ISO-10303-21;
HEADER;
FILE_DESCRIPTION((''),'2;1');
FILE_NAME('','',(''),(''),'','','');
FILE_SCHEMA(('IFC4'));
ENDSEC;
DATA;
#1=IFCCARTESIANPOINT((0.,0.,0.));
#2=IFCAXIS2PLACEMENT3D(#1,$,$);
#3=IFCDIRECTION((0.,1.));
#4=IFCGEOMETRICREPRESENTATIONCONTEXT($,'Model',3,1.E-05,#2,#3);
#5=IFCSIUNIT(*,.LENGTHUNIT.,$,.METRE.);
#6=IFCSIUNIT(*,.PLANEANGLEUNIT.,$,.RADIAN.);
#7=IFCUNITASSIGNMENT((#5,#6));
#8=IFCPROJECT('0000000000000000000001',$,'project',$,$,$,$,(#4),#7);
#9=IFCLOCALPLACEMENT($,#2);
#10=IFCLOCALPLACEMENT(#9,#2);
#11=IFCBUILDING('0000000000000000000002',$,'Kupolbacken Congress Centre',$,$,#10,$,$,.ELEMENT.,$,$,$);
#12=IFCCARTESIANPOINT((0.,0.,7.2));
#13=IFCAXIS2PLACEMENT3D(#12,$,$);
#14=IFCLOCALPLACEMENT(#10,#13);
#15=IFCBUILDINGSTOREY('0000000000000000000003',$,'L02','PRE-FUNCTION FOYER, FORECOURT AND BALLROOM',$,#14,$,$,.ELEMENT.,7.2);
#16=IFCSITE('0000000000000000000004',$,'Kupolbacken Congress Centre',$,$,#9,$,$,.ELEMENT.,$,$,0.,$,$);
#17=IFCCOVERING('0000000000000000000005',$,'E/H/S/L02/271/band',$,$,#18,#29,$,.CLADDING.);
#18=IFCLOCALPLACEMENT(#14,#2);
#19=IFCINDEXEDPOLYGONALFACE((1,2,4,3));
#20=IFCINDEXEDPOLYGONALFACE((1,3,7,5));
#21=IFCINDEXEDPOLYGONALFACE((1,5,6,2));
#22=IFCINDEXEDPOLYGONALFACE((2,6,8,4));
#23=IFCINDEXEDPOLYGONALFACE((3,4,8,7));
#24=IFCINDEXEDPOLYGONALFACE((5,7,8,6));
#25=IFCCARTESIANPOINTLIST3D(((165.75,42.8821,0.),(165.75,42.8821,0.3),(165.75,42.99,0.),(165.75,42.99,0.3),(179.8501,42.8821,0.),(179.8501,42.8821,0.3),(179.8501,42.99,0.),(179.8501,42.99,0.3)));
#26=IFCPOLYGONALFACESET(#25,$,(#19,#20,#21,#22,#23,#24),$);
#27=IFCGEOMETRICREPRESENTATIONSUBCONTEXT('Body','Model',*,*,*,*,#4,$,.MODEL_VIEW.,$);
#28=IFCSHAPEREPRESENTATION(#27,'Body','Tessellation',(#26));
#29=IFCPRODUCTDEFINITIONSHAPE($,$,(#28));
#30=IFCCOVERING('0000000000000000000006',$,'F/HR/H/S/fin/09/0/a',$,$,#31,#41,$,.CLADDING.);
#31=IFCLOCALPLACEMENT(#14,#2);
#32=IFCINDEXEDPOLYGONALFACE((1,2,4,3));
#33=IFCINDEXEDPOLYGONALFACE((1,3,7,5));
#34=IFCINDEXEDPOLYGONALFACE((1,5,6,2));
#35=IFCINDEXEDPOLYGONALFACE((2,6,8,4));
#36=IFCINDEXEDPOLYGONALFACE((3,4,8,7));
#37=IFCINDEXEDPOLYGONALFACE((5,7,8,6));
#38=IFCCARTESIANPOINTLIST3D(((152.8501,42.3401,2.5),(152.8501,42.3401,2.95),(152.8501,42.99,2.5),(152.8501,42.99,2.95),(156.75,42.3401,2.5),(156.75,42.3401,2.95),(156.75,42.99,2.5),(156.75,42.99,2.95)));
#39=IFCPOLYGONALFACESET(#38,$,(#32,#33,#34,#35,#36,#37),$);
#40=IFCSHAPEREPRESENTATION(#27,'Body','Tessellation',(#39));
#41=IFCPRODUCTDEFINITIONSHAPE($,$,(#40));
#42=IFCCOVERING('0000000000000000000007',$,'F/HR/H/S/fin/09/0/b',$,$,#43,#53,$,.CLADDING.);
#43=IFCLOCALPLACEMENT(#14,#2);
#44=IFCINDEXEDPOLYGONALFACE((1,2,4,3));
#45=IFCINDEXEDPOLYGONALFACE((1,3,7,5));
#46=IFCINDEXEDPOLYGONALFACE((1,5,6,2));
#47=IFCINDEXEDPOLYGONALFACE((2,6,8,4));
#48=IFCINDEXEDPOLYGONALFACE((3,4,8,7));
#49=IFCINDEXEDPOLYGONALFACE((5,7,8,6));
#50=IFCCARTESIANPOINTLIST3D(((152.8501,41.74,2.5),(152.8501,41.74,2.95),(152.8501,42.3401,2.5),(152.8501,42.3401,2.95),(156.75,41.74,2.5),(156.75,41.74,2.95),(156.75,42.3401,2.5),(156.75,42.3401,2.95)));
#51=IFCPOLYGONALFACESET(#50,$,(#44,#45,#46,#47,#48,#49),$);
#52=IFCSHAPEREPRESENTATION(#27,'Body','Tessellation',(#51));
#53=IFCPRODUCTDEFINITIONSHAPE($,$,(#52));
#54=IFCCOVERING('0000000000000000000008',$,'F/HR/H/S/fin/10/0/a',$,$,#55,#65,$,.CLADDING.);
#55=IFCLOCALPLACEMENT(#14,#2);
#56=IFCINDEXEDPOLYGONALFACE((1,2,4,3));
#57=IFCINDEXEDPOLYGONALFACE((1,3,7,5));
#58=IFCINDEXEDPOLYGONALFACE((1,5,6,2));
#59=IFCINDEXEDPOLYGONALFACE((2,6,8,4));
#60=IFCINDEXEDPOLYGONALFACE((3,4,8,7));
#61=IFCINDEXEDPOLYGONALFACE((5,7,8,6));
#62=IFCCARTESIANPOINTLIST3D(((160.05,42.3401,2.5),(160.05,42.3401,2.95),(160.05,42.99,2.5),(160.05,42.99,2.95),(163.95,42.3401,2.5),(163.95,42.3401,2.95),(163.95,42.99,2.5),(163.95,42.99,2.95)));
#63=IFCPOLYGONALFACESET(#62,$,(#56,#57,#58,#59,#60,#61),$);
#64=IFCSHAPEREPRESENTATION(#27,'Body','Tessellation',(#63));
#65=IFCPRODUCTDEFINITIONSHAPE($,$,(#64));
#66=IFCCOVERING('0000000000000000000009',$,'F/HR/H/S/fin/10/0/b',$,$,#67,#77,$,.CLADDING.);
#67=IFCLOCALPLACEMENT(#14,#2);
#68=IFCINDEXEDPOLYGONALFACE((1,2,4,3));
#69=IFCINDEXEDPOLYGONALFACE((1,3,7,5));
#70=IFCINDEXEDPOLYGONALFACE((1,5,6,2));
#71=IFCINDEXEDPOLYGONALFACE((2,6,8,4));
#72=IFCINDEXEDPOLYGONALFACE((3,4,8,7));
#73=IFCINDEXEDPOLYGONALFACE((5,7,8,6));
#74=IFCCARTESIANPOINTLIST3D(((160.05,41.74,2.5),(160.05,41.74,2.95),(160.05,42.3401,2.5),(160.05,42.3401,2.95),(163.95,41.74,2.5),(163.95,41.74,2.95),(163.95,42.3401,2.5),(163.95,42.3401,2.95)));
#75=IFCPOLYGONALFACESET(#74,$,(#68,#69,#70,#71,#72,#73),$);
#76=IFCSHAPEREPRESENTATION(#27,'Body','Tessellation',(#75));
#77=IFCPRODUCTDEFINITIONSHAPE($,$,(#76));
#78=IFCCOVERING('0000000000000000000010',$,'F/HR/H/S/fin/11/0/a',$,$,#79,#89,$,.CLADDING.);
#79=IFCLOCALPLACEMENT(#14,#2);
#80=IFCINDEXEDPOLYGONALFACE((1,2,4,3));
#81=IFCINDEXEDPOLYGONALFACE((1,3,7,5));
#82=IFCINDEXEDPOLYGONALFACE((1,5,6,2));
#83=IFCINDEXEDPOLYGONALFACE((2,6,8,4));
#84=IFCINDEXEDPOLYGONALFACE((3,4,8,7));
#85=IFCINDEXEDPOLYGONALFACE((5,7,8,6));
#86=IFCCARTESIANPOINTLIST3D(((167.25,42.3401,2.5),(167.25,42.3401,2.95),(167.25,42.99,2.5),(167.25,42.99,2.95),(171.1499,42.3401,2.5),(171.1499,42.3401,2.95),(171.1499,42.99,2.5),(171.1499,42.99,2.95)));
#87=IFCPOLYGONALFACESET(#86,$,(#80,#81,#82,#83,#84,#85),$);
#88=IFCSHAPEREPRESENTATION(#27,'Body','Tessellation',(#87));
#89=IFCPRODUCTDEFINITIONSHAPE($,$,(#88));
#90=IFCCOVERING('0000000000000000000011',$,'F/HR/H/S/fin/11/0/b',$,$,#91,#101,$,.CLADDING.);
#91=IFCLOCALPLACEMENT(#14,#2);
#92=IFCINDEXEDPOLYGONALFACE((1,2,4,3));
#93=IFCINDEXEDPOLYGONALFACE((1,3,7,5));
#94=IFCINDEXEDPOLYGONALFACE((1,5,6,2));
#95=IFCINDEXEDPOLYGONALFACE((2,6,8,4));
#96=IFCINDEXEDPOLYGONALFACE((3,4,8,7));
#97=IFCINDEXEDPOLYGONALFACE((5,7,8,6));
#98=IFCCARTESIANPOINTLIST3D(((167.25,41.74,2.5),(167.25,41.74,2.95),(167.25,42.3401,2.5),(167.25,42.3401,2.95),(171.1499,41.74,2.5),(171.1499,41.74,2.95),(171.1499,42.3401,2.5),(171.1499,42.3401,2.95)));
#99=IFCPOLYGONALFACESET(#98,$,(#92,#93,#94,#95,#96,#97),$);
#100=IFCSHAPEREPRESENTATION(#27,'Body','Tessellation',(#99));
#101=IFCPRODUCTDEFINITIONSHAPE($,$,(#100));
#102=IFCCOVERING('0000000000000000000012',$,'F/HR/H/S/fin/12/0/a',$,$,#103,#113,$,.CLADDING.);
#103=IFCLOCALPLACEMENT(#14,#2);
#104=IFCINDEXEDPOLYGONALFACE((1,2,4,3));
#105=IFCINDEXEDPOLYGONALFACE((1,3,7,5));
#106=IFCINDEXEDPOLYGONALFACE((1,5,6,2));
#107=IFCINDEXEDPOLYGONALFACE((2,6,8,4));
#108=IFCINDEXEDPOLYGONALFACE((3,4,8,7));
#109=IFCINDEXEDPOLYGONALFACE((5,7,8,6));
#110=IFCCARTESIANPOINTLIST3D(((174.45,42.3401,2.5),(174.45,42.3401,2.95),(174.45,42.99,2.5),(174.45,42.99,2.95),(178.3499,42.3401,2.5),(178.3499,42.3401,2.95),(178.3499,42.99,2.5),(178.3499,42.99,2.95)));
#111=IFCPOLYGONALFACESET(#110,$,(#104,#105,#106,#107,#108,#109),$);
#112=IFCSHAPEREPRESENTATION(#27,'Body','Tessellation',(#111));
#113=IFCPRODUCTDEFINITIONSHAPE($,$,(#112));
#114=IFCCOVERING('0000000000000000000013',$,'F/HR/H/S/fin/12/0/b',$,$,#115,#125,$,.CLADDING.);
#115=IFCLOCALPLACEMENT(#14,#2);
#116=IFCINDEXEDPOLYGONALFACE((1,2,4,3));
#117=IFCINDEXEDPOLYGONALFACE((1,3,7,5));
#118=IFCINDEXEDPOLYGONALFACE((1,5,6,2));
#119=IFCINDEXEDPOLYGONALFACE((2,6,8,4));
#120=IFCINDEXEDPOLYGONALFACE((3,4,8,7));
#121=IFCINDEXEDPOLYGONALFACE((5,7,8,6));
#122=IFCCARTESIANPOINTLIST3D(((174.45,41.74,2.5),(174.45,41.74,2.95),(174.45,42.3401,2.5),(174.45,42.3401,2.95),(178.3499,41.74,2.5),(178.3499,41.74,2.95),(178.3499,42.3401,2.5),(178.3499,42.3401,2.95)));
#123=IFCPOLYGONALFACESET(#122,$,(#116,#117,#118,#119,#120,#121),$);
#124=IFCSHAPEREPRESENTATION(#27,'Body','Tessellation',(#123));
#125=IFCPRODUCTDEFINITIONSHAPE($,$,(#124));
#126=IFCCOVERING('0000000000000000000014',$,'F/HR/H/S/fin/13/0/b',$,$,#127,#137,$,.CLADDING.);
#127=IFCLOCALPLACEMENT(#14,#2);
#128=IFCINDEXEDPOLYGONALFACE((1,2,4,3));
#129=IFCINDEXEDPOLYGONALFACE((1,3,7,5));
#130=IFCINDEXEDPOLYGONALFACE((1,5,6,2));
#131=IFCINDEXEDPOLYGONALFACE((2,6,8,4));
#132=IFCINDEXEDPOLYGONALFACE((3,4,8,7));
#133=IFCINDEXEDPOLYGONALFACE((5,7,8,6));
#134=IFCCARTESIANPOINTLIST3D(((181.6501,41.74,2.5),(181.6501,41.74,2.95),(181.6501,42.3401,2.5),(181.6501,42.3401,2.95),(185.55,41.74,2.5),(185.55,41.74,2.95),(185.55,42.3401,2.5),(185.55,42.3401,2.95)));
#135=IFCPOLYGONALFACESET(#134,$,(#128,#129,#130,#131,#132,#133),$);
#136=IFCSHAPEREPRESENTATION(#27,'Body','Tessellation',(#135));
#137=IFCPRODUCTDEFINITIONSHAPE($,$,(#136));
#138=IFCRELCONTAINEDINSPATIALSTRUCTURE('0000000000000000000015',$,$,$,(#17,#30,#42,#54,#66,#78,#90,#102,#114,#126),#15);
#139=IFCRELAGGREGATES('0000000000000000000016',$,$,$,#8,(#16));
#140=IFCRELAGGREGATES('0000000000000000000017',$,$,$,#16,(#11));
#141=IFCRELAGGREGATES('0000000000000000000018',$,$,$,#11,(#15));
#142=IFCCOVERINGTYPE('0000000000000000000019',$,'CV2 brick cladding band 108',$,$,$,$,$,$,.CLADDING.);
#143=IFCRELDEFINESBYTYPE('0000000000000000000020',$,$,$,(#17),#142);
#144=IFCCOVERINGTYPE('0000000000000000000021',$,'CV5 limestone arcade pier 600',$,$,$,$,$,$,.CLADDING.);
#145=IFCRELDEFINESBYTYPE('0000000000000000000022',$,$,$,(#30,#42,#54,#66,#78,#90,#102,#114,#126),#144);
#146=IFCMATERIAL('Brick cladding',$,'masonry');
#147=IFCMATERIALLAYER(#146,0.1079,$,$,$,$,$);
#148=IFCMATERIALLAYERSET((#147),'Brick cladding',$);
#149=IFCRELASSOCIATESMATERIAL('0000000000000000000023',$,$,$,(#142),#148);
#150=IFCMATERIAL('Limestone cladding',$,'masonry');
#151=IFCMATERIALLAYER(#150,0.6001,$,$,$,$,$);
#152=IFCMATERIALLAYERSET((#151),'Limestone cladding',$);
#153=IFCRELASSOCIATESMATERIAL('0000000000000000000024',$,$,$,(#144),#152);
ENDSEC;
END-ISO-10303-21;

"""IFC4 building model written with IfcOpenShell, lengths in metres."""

from ifc_helpers import new_model, si_unit, direction, frame, origin, origin_2d, place, context, subcontext, project, spatial, rectangle, extrude, material, layer, layer_set, type_object, element, save


model = new_model("IFC4")

# Units and contexts
model_context = context("Model", 3, precision=1e-05, world=origin(), true_north=direction((0.0, 1.0)))
body_context = subcontext(model_context, "Body", "Model", "MODEL_VIEW")
ifc_project = project(units=[si_unit("LENGTHUNIT", "METRE"), si_unit("PLANEANGLEUNIT", "RADIAN")], contexts=[model_context])

# Site, building, storey
site_placement = place(None, origin())
site = spatial("IfcSite", under=ifc_project, at=site_placement, Name="Kupolbacken Congress Centre", CompositionType="ELEMENT", RefElevation=0.0)
building_placement = place(site_placement, origin())
building = spatial("IfcBuilding", under=site, at=building_placement, Name="Kupolbacken Congress Centre", CompositionType="ELEMENT")
storey_placement = place(building_placement, frame((0.0, 0.0, 7.2)))
storey = spatial("IfcBuildingStorey", under=building, at=storey_placement, Name="L02", Description="PRE-FUNCTION FOYER, FORECOURT AND BALLROOM", CompositionType="ELEMENT", Elevation=7.2)

# Coverings
ifc_material_1 = material(Name="Brick cladding", Category="masonry")
ifc_layer_1 = layer(ifc_material_1, 0.1079)
ifc_layer_set_1 = layer_set([ifc_layer_1], Name="Brick cladding")
covering_type_1 = type_object("IfcCoveringType", Name="CV2 brick cladding band 108", PredefinedType="CLADDING", material=ifc_layer_set_1)
for number, where, z_axis, x_axis, name in (
    (1, (172.8, 42.936, 0.0), (0.0, 0.0, 1.0), (1.0, 0.0, 0.0), "E/H/S/L02/271/band"),
):
    element("IfcCovering", number, at=place(storey_placement, frame(where, z_axis=z_axis, x_axis=x_axis)), inside=storey, type_object=covering_type_1, Name=name, PredefinedType="CLADDING", context=body_context, shape_type="SweptSolid", body=[
        extrude(rectangle(XDim=14.1001, YDim=0.1079, at=origin_2d()), origin(), (0.0, 0.0, 1.0), 0.3),
    ])
ifc_material_2 = material(Name="Limestone cladding", Category="masonry")
ifc_layer_2 = layer(ifc_material_2, 0.6001)
ifc_layer_set_2 = layer_set([ifc_layer_2], Name="Limestone cladding")
covering_type_2 = type_object("IfcCoveringType", Name="CV5 limestone arcade pier 600", PredefinedType="CLADDING", material=ifc_layer_set_2)
covering_1_placement = place(storey_placement, frame((154.8, 42.665, 2.5), z_axis=(0.0, 0.0, 1.0), x_axis=(1.0, 0.0, 0.0)))
element("IfcCovering", 2, at=covering_1_placement, inside=storey, type_object=covering_type_2, Name="F/HR/H/S/fin/09/0/a", PredefinedType="CLADDING", context=body_context, shape_type="SweptSolid", body=[
    extrude(rectangle(XDim=3.8999, YDim=0.6499, at=origin_2d()), origin(), (0.0, 0.0, 1.0), 0.45),
])
covering_2_placement = place(storey_placement, frame((154.8, 42.04, 2.5), z_axis=(0.0, 0.0, 1.0), x_axis=(1.0, 0.0, 0.0)))
element("IfcCovering", 3, at=covering_2_placement, inside=storey, type_object=covering_type_2, Name="F/HR/H/S/fin/09/0/b", PredefinedType="CLADDING", context=body_context, shape_type="SweptSolid", body=[
    extrude(rectangle(XDim=3.8999, YDim=0.6001, at=origin_2d()), origin(), (0.0, 0.0, 1.0), 0.45),
])
covering_3_placement = place(storey_placement, frame((162.0, 42.665, 2.5), z_axis=(0.0, 0.0, 1.0), x_axis=(1.0, 0.0, 0.0)))
element("IfcCovering", 4, at=covering_3_placement, inside=storey, type_object=covering_type_2, Name="F/HR/H/S/fin/10/0/a", PredefinedType="CLADDING", context=body_context, shape_type="SweptSolid", body=[
    extrude(rectangle(XDim=3.8999, YDim=0.6499, at=origin_2d()), origin(), (0.0, 0.0, 1.0), 0.45),
])
covering_4_placement = place(storey_placement, frame((162.0, 42.04, 2.5), z_axis=(0.0, 0.0, 1.0), x_axis=(1.0, 0.0, 0.0)))
element("IfcCovering", 5, at=covering_4_placement, inside=storey, type_object=covering_type_2, Name="F/HR/H/S/fin/10/0/b", PredefinedType="CLADDING", context=body_context, shape_type="SweptSolid", body=[
    extrude(rectangle(XDim=3.8999, YDim=0.6001, at=origin_2d()), origin(), (0.0, 0.0, 1.0), 0.45),
])
covering_5_placement = place(storey_placement, frame((169.2, 42.665, 2.5), z_axis=(0.0, 0.0, 1.0), x_axis=(1.0, 0.0, 0.0)))
element("IfcCovering", 6, at=covering_5_placement, inside=storey, type_object=covering_type_2, Name="F/HR/H/S/fin/11/0/a", PredefinedType="CLADDING", context=body_context, shape_type="SweptSolid", body=[
    extrude(rectangle(XDim=3.8999, YDim=0.6499, at=origin_2d()), origin(), (0.0, 0.0, 1.0), 0.45),
])
covering_6_placement = place(storey_placement, frame((169.2, 42.04, 2.5), z_axis=(0.0, 0.0, 1.0), x_axis=(1.0, 0.0, 0.0)))
element("IfcCovering", 7, at=covering_6_placement, inside=storey, type_object=covering_type_2, Name="F/HR/H/S/fin/11/0/b", PredefinedType="CLADDING", context=body_context, shape_type="SweptSolid", body=[
    extrude(rectangle(XDim=3.8999, YDim=0.6001, at=origin_2d()), origin(), (0.0, 0.0, 1.0), 0.45),
])
covering_7_placement = place(storey_placement, frame((176.3999, 42.665, 2.5), z_axis=(0.0, 0.0, 1.0), x_axis=(1.0, 0.0, 0.0)))
element("IfcCovering", 8, at=covering_7_placement, inside=storey, type_object=covering_type_2, Name="F/HR/H/S/fin/12/0/a", PredefinedType="CLADDING", context=body_context, shape_type="SweptSolid", body=[
    extrude(rectangle(XDim=3.8999, YDim=0.6499, at=origin_2d()), origin(), (0.0, 0.0, 1.0), 0.45),
])
for number, where, z_axis, x_axis, name in (
    (9, (176.3999, 42.04, 2.5), (0.0, 0.0, 1.0), (1.0, 0.0, 0.0), "F/HR/H/S/fin/12/0/b"),
    (10, (183.6001, 42.04, 2.5), (0.0, 0.0, 1.0), (1.0, 0.0, 0.0), "F/HR/H/S/fin/13/0/b"),
):
    element("IfcCovering", number, at=place(storey_placement, frame(where, z_axis=z_axis, x_axis=x_axis)), inside=storey, type_object=covering_type_2, Name=name, PredefinedType="CLADDING", context=body_context, shape_type="SweptSolid", body=[
        extrude(rectangle(XDim=3.8999, YDim=0.6001, at=origin_2d()), origin(), (0.0, 0.0, 1.0), 0.45),
    ])

save(model, "model.ifc")
